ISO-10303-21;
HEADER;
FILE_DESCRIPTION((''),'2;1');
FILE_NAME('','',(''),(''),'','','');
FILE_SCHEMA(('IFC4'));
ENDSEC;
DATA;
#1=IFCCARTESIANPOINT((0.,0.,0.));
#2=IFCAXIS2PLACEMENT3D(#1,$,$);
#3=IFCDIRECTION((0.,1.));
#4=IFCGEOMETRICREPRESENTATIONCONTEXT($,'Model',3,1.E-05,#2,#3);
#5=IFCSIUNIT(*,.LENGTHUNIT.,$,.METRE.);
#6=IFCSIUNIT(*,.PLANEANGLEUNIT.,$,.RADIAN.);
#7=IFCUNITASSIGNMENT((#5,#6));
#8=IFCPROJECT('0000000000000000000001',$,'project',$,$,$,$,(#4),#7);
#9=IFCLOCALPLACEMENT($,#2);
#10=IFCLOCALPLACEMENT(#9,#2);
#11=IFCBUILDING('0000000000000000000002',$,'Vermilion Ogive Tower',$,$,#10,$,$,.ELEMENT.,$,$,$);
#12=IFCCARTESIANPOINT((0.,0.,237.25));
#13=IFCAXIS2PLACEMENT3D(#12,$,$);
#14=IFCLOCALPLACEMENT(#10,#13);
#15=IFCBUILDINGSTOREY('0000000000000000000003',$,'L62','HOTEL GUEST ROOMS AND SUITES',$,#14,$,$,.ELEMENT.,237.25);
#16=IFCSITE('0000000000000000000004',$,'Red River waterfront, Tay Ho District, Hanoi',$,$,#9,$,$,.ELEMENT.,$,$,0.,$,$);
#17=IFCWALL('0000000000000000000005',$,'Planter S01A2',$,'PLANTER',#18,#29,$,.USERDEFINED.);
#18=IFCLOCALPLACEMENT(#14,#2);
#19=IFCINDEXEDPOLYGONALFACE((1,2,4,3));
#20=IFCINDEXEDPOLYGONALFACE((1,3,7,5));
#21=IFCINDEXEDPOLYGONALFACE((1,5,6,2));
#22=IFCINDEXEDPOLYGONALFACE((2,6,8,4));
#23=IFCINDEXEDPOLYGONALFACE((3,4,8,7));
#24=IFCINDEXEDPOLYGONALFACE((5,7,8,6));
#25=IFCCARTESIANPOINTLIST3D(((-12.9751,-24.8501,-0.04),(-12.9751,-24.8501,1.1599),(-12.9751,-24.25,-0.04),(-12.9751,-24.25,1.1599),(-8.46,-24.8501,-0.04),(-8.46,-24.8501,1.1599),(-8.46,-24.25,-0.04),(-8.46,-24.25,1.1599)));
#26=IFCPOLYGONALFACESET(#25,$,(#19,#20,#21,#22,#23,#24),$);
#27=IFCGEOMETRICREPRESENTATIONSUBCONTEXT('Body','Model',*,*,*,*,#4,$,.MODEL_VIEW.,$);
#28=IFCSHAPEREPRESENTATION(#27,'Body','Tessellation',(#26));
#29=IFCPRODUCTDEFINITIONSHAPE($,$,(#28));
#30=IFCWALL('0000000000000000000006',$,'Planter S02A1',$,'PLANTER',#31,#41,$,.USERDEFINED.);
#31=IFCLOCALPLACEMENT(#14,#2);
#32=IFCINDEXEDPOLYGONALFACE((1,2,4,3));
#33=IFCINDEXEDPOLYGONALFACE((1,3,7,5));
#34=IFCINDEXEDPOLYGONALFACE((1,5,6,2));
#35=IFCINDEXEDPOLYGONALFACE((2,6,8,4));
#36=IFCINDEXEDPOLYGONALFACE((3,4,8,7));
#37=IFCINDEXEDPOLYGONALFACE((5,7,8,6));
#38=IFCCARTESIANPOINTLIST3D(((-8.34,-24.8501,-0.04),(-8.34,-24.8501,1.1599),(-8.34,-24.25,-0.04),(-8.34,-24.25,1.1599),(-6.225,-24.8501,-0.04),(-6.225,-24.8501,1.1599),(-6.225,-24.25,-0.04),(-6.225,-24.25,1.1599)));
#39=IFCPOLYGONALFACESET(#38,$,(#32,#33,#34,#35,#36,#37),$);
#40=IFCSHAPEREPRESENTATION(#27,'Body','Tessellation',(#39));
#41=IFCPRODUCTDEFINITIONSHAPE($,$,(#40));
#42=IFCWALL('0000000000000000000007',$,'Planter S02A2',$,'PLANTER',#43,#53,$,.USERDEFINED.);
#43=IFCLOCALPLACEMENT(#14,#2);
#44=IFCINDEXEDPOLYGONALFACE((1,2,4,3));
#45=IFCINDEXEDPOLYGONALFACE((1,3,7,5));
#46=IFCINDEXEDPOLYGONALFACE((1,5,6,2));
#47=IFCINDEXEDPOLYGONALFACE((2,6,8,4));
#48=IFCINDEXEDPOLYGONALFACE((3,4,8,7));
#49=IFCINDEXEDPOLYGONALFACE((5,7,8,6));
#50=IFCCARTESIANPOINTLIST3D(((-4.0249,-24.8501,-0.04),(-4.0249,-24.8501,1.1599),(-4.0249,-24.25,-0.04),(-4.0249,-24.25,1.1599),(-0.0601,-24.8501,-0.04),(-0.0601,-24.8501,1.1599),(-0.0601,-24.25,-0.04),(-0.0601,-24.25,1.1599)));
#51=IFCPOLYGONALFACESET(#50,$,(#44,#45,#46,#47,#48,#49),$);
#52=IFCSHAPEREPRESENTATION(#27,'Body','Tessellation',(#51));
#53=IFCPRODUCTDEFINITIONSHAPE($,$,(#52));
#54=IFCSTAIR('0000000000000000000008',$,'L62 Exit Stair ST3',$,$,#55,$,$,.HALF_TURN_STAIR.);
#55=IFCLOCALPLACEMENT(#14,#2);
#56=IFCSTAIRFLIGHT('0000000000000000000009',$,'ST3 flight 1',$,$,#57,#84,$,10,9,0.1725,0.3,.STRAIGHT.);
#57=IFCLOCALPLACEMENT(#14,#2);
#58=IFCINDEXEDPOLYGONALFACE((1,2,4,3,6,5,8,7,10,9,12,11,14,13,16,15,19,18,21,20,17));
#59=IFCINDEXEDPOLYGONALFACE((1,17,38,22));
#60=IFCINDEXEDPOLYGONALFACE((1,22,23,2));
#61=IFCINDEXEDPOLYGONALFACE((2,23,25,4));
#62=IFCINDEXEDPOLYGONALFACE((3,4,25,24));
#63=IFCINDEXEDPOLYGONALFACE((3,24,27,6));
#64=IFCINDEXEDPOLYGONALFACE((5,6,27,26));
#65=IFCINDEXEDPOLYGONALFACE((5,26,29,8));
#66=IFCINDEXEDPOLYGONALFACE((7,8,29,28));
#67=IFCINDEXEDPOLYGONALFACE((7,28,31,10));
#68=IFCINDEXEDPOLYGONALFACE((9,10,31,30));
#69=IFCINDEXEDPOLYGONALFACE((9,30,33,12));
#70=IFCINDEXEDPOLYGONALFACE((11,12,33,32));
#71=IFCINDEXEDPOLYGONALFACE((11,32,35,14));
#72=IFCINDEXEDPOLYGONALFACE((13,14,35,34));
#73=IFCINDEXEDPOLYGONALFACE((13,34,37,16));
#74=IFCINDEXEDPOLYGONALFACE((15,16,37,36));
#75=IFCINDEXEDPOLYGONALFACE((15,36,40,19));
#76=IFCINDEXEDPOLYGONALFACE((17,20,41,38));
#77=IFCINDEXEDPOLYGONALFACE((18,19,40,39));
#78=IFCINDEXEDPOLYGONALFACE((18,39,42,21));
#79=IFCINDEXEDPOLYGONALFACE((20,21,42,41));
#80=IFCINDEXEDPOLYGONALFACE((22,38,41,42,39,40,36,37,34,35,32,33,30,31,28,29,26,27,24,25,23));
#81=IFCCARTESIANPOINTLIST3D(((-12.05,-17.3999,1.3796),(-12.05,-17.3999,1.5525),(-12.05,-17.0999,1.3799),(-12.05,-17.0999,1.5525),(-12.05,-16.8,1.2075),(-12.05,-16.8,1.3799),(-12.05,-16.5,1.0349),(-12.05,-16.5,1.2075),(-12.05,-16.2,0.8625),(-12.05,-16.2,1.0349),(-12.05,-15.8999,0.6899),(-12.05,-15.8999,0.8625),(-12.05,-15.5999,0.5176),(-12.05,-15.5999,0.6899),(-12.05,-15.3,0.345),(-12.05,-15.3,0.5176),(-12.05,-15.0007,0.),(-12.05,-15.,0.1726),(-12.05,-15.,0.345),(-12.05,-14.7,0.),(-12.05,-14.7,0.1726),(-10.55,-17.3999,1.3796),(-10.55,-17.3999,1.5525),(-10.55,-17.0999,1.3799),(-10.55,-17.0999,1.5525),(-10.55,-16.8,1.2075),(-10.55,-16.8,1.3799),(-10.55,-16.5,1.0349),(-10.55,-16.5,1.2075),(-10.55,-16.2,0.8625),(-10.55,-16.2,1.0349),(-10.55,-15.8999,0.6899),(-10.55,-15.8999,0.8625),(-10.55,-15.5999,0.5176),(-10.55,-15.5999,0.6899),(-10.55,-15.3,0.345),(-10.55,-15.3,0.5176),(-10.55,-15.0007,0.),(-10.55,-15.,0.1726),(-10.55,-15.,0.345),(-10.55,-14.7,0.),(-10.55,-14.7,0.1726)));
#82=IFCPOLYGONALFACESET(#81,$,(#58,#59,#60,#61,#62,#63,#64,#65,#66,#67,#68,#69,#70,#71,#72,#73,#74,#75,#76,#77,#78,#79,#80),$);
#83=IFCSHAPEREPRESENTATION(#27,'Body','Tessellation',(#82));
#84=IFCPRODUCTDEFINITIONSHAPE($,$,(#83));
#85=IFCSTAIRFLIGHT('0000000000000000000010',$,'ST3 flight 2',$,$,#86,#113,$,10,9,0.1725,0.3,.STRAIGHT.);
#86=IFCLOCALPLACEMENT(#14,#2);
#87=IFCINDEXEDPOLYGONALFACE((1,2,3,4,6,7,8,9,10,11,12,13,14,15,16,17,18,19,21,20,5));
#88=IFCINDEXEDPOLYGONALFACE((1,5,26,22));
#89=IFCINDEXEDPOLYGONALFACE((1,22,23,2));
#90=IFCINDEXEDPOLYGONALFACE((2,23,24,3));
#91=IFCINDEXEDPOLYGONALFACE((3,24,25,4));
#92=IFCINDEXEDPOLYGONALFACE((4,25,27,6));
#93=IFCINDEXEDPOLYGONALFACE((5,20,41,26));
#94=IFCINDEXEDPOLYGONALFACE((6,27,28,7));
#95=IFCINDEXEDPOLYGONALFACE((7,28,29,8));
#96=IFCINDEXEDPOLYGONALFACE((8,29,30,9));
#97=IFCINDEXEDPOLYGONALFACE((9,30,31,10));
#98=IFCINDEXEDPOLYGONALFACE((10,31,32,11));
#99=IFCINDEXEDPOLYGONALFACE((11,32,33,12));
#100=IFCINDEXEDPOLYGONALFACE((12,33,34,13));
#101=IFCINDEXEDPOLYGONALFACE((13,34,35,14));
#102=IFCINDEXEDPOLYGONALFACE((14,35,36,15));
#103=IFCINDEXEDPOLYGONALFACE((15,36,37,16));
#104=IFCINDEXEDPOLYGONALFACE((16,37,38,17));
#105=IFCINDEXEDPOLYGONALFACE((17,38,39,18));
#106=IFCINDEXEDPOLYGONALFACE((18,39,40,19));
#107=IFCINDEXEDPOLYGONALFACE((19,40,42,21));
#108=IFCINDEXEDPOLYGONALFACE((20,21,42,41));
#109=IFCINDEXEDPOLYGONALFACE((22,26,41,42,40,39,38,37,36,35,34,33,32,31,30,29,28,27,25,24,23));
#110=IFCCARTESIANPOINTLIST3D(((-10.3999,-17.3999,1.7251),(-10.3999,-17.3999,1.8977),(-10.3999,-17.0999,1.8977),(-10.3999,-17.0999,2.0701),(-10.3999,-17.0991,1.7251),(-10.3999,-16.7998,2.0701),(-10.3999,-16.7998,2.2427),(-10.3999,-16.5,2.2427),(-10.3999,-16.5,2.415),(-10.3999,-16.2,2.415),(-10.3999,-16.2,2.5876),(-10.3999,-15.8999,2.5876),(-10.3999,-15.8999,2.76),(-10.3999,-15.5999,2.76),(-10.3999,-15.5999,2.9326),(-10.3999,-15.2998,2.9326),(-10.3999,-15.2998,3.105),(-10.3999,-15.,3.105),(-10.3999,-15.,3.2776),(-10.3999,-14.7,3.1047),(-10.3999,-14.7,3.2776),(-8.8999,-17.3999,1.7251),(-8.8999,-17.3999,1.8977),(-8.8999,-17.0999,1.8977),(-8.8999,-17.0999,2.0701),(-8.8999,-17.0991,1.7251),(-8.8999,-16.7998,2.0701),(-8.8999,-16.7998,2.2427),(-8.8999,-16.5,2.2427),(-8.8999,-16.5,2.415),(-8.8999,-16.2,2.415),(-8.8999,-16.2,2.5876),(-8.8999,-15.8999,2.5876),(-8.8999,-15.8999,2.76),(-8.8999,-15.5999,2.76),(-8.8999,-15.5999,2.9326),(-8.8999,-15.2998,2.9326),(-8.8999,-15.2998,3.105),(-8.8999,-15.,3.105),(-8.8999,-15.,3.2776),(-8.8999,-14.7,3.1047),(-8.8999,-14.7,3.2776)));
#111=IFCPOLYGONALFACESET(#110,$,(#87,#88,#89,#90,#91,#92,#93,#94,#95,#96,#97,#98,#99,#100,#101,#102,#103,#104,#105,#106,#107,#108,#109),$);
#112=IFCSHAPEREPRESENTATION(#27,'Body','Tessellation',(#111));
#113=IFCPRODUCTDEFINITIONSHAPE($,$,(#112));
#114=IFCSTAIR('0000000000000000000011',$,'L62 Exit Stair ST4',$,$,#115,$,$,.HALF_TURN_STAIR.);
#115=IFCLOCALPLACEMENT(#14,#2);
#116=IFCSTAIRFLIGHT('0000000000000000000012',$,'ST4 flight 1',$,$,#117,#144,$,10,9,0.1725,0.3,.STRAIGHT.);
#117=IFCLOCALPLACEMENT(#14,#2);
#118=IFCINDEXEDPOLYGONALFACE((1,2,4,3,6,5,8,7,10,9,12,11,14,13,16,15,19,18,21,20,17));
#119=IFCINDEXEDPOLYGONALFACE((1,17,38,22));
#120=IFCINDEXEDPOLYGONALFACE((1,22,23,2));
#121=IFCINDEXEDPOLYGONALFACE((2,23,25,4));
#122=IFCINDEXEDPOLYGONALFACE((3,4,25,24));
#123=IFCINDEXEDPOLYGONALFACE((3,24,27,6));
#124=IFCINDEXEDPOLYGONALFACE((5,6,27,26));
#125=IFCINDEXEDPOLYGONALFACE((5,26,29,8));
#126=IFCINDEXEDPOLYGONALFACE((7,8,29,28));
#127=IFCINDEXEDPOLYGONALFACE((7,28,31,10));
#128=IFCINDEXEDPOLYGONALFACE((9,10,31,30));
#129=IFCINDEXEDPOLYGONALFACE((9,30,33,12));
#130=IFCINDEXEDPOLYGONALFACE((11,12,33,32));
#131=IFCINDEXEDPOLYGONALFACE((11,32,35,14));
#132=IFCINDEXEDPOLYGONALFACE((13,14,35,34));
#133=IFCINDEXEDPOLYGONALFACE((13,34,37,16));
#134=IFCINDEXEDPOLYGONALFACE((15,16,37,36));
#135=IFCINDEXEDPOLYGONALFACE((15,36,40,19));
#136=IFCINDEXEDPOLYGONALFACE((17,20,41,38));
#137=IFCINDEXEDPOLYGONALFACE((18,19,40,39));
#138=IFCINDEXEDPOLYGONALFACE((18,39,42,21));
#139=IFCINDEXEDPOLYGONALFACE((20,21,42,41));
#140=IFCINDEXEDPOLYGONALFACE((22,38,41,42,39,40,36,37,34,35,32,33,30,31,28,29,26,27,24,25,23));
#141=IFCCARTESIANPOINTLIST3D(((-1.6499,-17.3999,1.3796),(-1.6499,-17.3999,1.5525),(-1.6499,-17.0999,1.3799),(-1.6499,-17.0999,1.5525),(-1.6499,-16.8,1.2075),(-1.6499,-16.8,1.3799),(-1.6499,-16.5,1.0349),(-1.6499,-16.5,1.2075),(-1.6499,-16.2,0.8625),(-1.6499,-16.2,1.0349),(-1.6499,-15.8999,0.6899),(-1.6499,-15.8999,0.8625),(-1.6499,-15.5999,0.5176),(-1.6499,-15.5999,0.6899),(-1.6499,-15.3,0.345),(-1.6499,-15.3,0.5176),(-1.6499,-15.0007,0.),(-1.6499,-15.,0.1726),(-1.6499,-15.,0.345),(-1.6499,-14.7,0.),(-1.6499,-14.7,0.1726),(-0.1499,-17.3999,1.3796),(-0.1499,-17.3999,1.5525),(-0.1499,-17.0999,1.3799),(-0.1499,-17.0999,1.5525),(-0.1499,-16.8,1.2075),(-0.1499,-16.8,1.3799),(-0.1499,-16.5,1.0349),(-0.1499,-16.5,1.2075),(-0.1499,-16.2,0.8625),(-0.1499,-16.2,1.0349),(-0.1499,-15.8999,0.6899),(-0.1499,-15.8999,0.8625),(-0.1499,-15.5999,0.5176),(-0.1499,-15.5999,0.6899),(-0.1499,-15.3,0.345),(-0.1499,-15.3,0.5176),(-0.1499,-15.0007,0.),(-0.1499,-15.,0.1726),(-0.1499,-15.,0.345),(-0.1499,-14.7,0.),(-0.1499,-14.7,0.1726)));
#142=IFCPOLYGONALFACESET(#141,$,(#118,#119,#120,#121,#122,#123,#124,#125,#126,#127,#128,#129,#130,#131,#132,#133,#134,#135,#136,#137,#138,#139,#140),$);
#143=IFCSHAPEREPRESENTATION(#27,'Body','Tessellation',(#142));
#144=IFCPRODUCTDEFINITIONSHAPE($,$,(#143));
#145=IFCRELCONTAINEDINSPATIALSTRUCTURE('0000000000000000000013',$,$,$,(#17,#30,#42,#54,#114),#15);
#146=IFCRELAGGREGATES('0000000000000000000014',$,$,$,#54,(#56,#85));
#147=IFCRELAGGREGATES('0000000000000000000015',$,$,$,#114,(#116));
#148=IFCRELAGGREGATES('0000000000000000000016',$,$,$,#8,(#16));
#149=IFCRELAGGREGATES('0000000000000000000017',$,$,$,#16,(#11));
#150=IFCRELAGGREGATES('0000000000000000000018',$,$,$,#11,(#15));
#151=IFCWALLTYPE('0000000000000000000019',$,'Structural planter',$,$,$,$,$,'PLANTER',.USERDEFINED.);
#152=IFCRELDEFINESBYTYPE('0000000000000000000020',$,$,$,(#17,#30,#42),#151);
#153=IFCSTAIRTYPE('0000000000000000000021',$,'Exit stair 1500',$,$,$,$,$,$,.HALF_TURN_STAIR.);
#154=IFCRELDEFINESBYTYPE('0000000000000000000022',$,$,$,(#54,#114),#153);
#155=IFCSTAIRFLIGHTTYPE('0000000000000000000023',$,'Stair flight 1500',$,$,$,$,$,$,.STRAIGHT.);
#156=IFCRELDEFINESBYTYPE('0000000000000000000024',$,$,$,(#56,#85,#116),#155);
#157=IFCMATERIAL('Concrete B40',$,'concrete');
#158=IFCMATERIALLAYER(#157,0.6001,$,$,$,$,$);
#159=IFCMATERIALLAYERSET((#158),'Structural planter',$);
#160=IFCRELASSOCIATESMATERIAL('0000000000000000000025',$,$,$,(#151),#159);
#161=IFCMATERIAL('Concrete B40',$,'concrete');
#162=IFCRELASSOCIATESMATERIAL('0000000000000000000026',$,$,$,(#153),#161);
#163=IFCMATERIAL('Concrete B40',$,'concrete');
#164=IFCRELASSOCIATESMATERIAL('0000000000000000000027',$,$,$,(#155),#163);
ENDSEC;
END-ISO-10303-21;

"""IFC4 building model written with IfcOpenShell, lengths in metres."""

from ifc_helpers import new_model, si_unit, direction, frame, frame_2d, origin, place, context, subcontext, project, spatial, polyline, rectangle, outline, extrude, material, layer, layer_set, type_object, element, aggregate, save


model = new_model("IFC4")

# Units and contexts
model_context = context("Model", 3, precision=1e-05, world=origin(), true_north=direction((0.0, 1.0)))
body_context = subcontext(model_context, "Body", "Model", "MODEL_VIEW")
ifc_project = project(units=[si_unit("LENGTHUNIT", "METRE"), si_unit("PLANEANGLEUNIT", "RADIAN")], contexts=[model_context])

# Site, building, storey
site_placement = place(None, origin())
site = spatial("IfcSite", under=ifc_project, at=site_placement, Name="Red River waterfront, Tay Ho District, Hanoi", CompositionType="ELEMENT", RefElevation=0.0)
building_placement = place(site_placement, origin())
building = spatial("IfcBuilding", under=site, at=building_placement, Name="Vermilion Ogive Tower", CompositionType="ELEMENT")
storey_placement = place(building_placement, frame((0.0, 0.0, 237.25)))
storey = spatial("IfcBuildingStorey", under=building, at=storey_placement, Name="L62", Description="HOTEL GUEST ROOMS AND SUITES", CompositionType="ELEMENT", Elevation=237.25)

# Walls
ifc_material_1 = material(Name="Concrete B40", Category="concrete")
ifc_layer_1 = layer(ifc_material_1, 0.6001)
ifc_layer_set_1 = layer_set([ifc_layer_1], Name="Structural planter")
wall_type_1 = type_object("IfcWallType", Name="Structural planter", ElementType="PLANTER", PredefinedType="USERDEFINED", material=ifc_layer_set_1)
wall_1_placement = place(storey_placement, frame((-12.9751, -24.55, -0.04), z_axis=(0.0, 0.0, 1.0), x_axis=(1.0, 0.0, 0.0)))
element("IfcWall", 1, at=wall_1_placement, inside=storey, type_object=wall_type_1, Name="Planter S01A2", ObjectType="PLANTER", PredefinedType="USERDEFINED", context=body_context, shape_type="SweptSolid", body=[
    extrude(rectangle(XDim=4.5151, YDim=0.6001, at=frame_2d((2.2576, 0.0))), origin(), (0.0, 0.0, 1.0), 1.2),
])
wall_2_placement = place(storey_placement, frame((-8.3401, -24.55, -0.04), z_axis=(0.0, 0.0, 1.0), x_axis=(1.0, 0.0, 0.0)))
element("IfcWall", 2, at=wall_2_placement, inside=storey, type_object=wall_type_1, Name="Planter S02A1", ObjectType="PLANTER", PredefinedType="USERDEFINED", context=body_context, shape_type="SweptSolid", body=[
    extrude(rectangle(XDim=2.115, YDim=0.6001, at=frame_2d((1.0576, 0.0))), origin(), (0.0, 0.0, 1.0), 1.2),
])
wall_3_placement = place(storey_placement, frame((-4.0249, -24.55, -0.04), z_axis=(0.0, 0.0, 1.0), x_axis=(1.0, 0.0, 0.0)))
element("IfcWall", 3, at=wall_3_placement, inside=storey, type_object=wall_type_1, Name="Planter S02A2", ObjectType="PLANTER", PredefinedType="USERDEFINED", context=body_context, shape_type="SweptSolid", body=[
    extrude(rectangle(XDim=3.9648, YDim=0.6001, at=frame_2d((1.9824, 0.0))), origin(), (0.0, 0.0, 1.0), 1.2),
])

# Stair, stair flights
ifc_material_2 = material(Name="Concrete B40", Category="concrete")
stair_type = type_object("IfcStairType", Name="Exit stair 1500", PredefinedType="HALF_TURN_STAIR", material=ifc_material_2)
stair_1_placement = place(storey_placement, origin())
stair_1 = element("IfcStair", 4, at=stair_1_placement, inside=storey, type_object=stair_type, Name="L62 Exit Stair ST3", PredefinedType="HALF_TURN_STAIR")
ifc_material_3 = material(Name="Concrete B40", Category="concrete")
stair_flight_type = type_object("IfcStairFlightType", Name="Stair flight 1500", PredefinedType="STRAIGHT", material=ifc_material_3)
stair_flight_1_placement = place(storey_placement, frame((-11.3, -14.7, 0.0), z_axis=(0.0, 0.0, 1.0), x_axis=(0.0, -1.0, 0.0)))
stair_flight_1 = element("IfcStairFlight", 5, at=stair_flight_1_placement, type_object=stair_flight_type, Name="ST3 flight 1", NumberOfRisers=10, NumberOfTreads=9, PredefinedType="STRAIGHT", RiserHeight=0.1725, TreadLength=0.3, context=body_context, shape_type="SweptSolid", body=[
    extrude(outline(polyline([(0.0, 0.0), (0.0, 0.1726), (0.3, 0.1726), (0.3, 0.345), (0.6001, 0.345), (0.6001, 0.5176), (0.8999, 0.5176), (0.8999, 0.6899), (1.2, 0.6899), (1.2, 0.8625), (1.5, 0.8625), (1.5, 1.0349), (1.8, 1.0349), (1.8, 1.2075), (2.1001, 1.2075), (2.1001, 1.3799), (2.3999, 1.3799), (2.3999, 1.5525), (2.7, 1.5525), (2.7, 1.7251), (2.7, 1.3796), (0.3008, 0.0), (0.0, 0.0)])), frame((0.0, 0.75, 0.0), z_axis=(0.0, -1.0, 0.0), x_axis=(1.0, 0.0, 0.0)), (0.0, 0.0, 1.0), 1.5),
])
stair_flight_2_placement = place(storey_placement, frame((-9.6499, -17.3999, 1.7251), z_axis=(0.0, 0.0, 1.0), x_axis=(0.0, 1.0, 0.0)))
stair_flight_2 = element("IfcStairFlight", 6, at=stair_flight_2_placement, type_object=stair_flight_type, Name="ST3 flight 2", NumberOfRisers=10, NumberOfTreads=9, PredefinedType="STRAIGHT", RiserHeight=0.1725, TreadLength=0.3, context=body_context, shape_type="SweptSolid", body=[
    extrude(outline(polyline([(0.0, 0.0), (0.0, 0.1726), (0.3, 0.1726), (0.3, 0.345), (0.6001, 0.345), (0.6001, 0.5176), (0.8999, 0.5176), (0.8999, 0.6899), (1.2, 0.6899), (1.2, 0.8625), (1.5, 0.8625), (1.5, 1.0349), (1.8, 1.0349), (1.8, 1.2075), (2.1001, 1.2075), (2.1001, 1.3799), (2.3999, 1.3799), (2.3999, 1.5525), (2.7, 1.5525), (2.7, 1.7251), (2.7, 1.3796), (0.3008, 0.0), (0.0, 0.0)])), frame((0.0, 0.75, 0.0), z_axis=(0.0, -1.0, 0.0), x_axis=(1.0, 0.0, 0.0)), (0.0, 0.0, 1.0), 1.5),
])
aggregate(stair_1, [stair_flight_1, stair_flight_2])

# Stair, stair flight
stair_2_placement = place(storey_placement, origin())
stair_2 = element("IfcStair", 7, at=stair_2_placement, inside=storey, type_object=stair_type, Name="L62 Exit Stair ST4", PredefinedType="HALF_TURN_STAIR")
stair_flight_3_placement = place(storey_placement, frame((-0.8999, -14.7, 0.0), z_axis=(0.0, 0.0, 1.0), x_axis=(0.0, -1.0, 0.0)))
stair_flight_3 = element("IfcStairFlight", 8, at=stair_flight_3_placement, type_object=stair_flight_type, Name="ST4 flight 1", NumberOfRisers=10, NumberOfTreads=9, PredefinedType="STRAIGHT", RiserHeight=0.1725, TreadLength=0.3, context=body_context, shape_type="SweptSolid", body=[
    extrude(outline(polyline([(0.0, 0.0), (0.0, 0.1726), (0.3, 0.1726), (0.3, 0.345), (0.6001, 0.345), (0.6001, 0.5176), (0.8999, 0.5176), (0.8999, 0.6899), (1.2, 0.6899), (1.2, 0.8625), (1.5, 0.8625), (1.5, 1.0349), (1.8, 1.0349), (1.8, 1.2075), (2.1001, 1.2075), (2.1001, 1.3799), (2.3999, 1.3799), (2.3999, 1.5525), (2.7, 1.5525), (2.7, 1.7251), (2.7, 1.3796), (0.3008, 0.0), (0.0, 0.0)])), frame((0.0, 0.75, 0.0), z_axis=(0.0, -1.0, 0.0), x_axis=(1.0, 0.0, 0.0)), (0.0, 0.0, 1.0), 1.5),
])
aggregate(stair_2, [stair_flight_3])

save(model, "model.ifc")
